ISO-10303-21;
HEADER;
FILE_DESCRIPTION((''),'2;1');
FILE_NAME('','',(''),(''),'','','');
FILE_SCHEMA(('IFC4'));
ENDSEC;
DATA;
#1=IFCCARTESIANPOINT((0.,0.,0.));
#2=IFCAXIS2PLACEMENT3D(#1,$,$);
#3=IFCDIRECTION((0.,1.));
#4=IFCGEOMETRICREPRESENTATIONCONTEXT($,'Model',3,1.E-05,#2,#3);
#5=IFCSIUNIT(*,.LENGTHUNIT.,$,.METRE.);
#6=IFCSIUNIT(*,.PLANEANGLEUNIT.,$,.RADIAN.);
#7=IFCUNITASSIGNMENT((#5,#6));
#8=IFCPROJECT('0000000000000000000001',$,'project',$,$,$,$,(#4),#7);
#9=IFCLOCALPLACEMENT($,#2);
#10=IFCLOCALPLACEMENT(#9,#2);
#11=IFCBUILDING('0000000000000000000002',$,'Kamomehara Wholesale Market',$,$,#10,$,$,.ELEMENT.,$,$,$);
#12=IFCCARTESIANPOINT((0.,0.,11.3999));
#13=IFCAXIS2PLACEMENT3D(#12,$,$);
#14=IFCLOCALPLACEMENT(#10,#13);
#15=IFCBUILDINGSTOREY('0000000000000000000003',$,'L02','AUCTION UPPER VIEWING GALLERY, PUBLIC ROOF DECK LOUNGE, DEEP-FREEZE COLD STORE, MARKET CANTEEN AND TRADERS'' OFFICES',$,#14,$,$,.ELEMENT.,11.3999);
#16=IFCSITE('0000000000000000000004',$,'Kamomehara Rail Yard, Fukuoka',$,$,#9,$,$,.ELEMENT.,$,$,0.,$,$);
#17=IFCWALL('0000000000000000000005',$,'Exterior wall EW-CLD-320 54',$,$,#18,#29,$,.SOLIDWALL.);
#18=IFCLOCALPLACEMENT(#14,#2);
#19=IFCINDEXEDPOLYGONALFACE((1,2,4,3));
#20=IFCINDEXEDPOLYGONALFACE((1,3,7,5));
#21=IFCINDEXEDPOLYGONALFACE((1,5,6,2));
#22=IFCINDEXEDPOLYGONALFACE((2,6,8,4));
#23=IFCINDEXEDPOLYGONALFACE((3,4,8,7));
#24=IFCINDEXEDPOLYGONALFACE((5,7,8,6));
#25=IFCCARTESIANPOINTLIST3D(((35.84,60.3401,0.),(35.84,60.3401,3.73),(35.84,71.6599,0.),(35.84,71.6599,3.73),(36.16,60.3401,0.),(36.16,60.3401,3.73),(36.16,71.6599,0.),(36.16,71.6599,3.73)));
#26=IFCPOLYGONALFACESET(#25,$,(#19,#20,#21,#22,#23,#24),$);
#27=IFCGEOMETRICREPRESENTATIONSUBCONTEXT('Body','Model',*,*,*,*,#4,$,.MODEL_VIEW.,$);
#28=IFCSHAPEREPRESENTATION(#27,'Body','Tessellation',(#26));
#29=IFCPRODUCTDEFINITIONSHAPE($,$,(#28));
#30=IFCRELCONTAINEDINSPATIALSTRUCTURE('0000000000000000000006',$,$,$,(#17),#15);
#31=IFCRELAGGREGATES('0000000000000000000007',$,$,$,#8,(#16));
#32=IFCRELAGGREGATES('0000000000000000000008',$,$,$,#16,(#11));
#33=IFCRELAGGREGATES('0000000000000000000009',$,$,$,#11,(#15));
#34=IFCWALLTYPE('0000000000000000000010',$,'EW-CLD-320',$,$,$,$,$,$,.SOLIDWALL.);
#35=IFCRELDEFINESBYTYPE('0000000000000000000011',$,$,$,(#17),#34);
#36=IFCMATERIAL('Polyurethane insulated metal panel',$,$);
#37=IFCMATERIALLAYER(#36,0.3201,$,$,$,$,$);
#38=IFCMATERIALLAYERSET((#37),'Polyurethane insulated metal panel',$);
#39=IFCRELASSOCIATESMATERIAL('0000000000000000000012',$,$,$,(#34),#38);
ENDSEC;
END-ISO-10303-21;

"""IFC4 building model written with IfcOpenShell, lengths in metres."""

from ifc_helpers import new_model, si_unit, direction, frame, frame_2d, origin, place, context, subcontext, project, spatial, rectangle, extrude, material, layer, layer_set, type_object, element, save


model = new_model("IFC4")

# Units and contexts
model_context = context("Model", 3, precision=1e-05, world=origin(), true_north=direction((0.0, 1.0)))
body_context = subcontext(model_context, "Body", "Model", "MODEL_VIEW")
ifc_project = project(units=[si_unit("LENGTHUNIT", "METRE"), si_unit("PLANEANGLEUNIT", "RADIAN")], contexts=[model_context])

# Site, building, storey
site_placement = place(None, origin())
site = spatial("IfcSite", under=ifc_project, at=site_placement, Name="Kamomehara Rail Yard, Fukuoka", CompositionType="ELEMENT", RefElevation=0.0)
building_placement = place(site_placement, origin())
building = spatial("IfcBuilding", under=site, at=building_placement, Name="Kamomehara Wholesale Market", CompositionType="ELEMENT")
storey_placement = place(building_placement, frame((0.0, 0.0, 11.3999)))
storey = spatial("IfcBuildingStorey", under=building, at=storey_placement, Name="L02", Description="AUCTION UPPER VIEWING GALLERY, PUBLIC ROOF DECK LOUNGE, DEEP-FREEZE COLD STORE, MARKET CANTEEN AND TRADERS' OFFICES", CompositionType="ELEMENT", Elevation=11.3999)

# Wall
ifc_material_1 = material(Name="Polyurethane insulated metal panel")
ifc_layer_1 = layer(ifc_material_1, 0.3201)
ifc_layer_set_1 = layer_set([ifc_layer_1], Name="Polyurethane insulated metal panel")
wall_type = type_object("IfcWallType", Name="EW-CLD-320", PredefinedType="SOLIDWALL", material=ifc_layer_set_1)
wall_placement = place(storey_placement, frame((36.0, 71.6599, 0.0), z_axis=(0.0, 0.0, 1.0), x_axis=(0.0, -1.0, 0.0)))
element("IfcWall", 1, at=wall_placement, inside=storey, type_object=wall_type, Name="Exterior wall EW-CLD-320 54", PredefinedType="SOLIDWALL", context=body_context, shape_type="SweptSolid", body=[
    extrude(rectangle(XDim=11.3198, YDim=0.3201, at=frame_2d((5.6599, 0.0))), origin(), (0.0, 0.0, 1.0), 3.73),
])

save(model, "model.ifc")
